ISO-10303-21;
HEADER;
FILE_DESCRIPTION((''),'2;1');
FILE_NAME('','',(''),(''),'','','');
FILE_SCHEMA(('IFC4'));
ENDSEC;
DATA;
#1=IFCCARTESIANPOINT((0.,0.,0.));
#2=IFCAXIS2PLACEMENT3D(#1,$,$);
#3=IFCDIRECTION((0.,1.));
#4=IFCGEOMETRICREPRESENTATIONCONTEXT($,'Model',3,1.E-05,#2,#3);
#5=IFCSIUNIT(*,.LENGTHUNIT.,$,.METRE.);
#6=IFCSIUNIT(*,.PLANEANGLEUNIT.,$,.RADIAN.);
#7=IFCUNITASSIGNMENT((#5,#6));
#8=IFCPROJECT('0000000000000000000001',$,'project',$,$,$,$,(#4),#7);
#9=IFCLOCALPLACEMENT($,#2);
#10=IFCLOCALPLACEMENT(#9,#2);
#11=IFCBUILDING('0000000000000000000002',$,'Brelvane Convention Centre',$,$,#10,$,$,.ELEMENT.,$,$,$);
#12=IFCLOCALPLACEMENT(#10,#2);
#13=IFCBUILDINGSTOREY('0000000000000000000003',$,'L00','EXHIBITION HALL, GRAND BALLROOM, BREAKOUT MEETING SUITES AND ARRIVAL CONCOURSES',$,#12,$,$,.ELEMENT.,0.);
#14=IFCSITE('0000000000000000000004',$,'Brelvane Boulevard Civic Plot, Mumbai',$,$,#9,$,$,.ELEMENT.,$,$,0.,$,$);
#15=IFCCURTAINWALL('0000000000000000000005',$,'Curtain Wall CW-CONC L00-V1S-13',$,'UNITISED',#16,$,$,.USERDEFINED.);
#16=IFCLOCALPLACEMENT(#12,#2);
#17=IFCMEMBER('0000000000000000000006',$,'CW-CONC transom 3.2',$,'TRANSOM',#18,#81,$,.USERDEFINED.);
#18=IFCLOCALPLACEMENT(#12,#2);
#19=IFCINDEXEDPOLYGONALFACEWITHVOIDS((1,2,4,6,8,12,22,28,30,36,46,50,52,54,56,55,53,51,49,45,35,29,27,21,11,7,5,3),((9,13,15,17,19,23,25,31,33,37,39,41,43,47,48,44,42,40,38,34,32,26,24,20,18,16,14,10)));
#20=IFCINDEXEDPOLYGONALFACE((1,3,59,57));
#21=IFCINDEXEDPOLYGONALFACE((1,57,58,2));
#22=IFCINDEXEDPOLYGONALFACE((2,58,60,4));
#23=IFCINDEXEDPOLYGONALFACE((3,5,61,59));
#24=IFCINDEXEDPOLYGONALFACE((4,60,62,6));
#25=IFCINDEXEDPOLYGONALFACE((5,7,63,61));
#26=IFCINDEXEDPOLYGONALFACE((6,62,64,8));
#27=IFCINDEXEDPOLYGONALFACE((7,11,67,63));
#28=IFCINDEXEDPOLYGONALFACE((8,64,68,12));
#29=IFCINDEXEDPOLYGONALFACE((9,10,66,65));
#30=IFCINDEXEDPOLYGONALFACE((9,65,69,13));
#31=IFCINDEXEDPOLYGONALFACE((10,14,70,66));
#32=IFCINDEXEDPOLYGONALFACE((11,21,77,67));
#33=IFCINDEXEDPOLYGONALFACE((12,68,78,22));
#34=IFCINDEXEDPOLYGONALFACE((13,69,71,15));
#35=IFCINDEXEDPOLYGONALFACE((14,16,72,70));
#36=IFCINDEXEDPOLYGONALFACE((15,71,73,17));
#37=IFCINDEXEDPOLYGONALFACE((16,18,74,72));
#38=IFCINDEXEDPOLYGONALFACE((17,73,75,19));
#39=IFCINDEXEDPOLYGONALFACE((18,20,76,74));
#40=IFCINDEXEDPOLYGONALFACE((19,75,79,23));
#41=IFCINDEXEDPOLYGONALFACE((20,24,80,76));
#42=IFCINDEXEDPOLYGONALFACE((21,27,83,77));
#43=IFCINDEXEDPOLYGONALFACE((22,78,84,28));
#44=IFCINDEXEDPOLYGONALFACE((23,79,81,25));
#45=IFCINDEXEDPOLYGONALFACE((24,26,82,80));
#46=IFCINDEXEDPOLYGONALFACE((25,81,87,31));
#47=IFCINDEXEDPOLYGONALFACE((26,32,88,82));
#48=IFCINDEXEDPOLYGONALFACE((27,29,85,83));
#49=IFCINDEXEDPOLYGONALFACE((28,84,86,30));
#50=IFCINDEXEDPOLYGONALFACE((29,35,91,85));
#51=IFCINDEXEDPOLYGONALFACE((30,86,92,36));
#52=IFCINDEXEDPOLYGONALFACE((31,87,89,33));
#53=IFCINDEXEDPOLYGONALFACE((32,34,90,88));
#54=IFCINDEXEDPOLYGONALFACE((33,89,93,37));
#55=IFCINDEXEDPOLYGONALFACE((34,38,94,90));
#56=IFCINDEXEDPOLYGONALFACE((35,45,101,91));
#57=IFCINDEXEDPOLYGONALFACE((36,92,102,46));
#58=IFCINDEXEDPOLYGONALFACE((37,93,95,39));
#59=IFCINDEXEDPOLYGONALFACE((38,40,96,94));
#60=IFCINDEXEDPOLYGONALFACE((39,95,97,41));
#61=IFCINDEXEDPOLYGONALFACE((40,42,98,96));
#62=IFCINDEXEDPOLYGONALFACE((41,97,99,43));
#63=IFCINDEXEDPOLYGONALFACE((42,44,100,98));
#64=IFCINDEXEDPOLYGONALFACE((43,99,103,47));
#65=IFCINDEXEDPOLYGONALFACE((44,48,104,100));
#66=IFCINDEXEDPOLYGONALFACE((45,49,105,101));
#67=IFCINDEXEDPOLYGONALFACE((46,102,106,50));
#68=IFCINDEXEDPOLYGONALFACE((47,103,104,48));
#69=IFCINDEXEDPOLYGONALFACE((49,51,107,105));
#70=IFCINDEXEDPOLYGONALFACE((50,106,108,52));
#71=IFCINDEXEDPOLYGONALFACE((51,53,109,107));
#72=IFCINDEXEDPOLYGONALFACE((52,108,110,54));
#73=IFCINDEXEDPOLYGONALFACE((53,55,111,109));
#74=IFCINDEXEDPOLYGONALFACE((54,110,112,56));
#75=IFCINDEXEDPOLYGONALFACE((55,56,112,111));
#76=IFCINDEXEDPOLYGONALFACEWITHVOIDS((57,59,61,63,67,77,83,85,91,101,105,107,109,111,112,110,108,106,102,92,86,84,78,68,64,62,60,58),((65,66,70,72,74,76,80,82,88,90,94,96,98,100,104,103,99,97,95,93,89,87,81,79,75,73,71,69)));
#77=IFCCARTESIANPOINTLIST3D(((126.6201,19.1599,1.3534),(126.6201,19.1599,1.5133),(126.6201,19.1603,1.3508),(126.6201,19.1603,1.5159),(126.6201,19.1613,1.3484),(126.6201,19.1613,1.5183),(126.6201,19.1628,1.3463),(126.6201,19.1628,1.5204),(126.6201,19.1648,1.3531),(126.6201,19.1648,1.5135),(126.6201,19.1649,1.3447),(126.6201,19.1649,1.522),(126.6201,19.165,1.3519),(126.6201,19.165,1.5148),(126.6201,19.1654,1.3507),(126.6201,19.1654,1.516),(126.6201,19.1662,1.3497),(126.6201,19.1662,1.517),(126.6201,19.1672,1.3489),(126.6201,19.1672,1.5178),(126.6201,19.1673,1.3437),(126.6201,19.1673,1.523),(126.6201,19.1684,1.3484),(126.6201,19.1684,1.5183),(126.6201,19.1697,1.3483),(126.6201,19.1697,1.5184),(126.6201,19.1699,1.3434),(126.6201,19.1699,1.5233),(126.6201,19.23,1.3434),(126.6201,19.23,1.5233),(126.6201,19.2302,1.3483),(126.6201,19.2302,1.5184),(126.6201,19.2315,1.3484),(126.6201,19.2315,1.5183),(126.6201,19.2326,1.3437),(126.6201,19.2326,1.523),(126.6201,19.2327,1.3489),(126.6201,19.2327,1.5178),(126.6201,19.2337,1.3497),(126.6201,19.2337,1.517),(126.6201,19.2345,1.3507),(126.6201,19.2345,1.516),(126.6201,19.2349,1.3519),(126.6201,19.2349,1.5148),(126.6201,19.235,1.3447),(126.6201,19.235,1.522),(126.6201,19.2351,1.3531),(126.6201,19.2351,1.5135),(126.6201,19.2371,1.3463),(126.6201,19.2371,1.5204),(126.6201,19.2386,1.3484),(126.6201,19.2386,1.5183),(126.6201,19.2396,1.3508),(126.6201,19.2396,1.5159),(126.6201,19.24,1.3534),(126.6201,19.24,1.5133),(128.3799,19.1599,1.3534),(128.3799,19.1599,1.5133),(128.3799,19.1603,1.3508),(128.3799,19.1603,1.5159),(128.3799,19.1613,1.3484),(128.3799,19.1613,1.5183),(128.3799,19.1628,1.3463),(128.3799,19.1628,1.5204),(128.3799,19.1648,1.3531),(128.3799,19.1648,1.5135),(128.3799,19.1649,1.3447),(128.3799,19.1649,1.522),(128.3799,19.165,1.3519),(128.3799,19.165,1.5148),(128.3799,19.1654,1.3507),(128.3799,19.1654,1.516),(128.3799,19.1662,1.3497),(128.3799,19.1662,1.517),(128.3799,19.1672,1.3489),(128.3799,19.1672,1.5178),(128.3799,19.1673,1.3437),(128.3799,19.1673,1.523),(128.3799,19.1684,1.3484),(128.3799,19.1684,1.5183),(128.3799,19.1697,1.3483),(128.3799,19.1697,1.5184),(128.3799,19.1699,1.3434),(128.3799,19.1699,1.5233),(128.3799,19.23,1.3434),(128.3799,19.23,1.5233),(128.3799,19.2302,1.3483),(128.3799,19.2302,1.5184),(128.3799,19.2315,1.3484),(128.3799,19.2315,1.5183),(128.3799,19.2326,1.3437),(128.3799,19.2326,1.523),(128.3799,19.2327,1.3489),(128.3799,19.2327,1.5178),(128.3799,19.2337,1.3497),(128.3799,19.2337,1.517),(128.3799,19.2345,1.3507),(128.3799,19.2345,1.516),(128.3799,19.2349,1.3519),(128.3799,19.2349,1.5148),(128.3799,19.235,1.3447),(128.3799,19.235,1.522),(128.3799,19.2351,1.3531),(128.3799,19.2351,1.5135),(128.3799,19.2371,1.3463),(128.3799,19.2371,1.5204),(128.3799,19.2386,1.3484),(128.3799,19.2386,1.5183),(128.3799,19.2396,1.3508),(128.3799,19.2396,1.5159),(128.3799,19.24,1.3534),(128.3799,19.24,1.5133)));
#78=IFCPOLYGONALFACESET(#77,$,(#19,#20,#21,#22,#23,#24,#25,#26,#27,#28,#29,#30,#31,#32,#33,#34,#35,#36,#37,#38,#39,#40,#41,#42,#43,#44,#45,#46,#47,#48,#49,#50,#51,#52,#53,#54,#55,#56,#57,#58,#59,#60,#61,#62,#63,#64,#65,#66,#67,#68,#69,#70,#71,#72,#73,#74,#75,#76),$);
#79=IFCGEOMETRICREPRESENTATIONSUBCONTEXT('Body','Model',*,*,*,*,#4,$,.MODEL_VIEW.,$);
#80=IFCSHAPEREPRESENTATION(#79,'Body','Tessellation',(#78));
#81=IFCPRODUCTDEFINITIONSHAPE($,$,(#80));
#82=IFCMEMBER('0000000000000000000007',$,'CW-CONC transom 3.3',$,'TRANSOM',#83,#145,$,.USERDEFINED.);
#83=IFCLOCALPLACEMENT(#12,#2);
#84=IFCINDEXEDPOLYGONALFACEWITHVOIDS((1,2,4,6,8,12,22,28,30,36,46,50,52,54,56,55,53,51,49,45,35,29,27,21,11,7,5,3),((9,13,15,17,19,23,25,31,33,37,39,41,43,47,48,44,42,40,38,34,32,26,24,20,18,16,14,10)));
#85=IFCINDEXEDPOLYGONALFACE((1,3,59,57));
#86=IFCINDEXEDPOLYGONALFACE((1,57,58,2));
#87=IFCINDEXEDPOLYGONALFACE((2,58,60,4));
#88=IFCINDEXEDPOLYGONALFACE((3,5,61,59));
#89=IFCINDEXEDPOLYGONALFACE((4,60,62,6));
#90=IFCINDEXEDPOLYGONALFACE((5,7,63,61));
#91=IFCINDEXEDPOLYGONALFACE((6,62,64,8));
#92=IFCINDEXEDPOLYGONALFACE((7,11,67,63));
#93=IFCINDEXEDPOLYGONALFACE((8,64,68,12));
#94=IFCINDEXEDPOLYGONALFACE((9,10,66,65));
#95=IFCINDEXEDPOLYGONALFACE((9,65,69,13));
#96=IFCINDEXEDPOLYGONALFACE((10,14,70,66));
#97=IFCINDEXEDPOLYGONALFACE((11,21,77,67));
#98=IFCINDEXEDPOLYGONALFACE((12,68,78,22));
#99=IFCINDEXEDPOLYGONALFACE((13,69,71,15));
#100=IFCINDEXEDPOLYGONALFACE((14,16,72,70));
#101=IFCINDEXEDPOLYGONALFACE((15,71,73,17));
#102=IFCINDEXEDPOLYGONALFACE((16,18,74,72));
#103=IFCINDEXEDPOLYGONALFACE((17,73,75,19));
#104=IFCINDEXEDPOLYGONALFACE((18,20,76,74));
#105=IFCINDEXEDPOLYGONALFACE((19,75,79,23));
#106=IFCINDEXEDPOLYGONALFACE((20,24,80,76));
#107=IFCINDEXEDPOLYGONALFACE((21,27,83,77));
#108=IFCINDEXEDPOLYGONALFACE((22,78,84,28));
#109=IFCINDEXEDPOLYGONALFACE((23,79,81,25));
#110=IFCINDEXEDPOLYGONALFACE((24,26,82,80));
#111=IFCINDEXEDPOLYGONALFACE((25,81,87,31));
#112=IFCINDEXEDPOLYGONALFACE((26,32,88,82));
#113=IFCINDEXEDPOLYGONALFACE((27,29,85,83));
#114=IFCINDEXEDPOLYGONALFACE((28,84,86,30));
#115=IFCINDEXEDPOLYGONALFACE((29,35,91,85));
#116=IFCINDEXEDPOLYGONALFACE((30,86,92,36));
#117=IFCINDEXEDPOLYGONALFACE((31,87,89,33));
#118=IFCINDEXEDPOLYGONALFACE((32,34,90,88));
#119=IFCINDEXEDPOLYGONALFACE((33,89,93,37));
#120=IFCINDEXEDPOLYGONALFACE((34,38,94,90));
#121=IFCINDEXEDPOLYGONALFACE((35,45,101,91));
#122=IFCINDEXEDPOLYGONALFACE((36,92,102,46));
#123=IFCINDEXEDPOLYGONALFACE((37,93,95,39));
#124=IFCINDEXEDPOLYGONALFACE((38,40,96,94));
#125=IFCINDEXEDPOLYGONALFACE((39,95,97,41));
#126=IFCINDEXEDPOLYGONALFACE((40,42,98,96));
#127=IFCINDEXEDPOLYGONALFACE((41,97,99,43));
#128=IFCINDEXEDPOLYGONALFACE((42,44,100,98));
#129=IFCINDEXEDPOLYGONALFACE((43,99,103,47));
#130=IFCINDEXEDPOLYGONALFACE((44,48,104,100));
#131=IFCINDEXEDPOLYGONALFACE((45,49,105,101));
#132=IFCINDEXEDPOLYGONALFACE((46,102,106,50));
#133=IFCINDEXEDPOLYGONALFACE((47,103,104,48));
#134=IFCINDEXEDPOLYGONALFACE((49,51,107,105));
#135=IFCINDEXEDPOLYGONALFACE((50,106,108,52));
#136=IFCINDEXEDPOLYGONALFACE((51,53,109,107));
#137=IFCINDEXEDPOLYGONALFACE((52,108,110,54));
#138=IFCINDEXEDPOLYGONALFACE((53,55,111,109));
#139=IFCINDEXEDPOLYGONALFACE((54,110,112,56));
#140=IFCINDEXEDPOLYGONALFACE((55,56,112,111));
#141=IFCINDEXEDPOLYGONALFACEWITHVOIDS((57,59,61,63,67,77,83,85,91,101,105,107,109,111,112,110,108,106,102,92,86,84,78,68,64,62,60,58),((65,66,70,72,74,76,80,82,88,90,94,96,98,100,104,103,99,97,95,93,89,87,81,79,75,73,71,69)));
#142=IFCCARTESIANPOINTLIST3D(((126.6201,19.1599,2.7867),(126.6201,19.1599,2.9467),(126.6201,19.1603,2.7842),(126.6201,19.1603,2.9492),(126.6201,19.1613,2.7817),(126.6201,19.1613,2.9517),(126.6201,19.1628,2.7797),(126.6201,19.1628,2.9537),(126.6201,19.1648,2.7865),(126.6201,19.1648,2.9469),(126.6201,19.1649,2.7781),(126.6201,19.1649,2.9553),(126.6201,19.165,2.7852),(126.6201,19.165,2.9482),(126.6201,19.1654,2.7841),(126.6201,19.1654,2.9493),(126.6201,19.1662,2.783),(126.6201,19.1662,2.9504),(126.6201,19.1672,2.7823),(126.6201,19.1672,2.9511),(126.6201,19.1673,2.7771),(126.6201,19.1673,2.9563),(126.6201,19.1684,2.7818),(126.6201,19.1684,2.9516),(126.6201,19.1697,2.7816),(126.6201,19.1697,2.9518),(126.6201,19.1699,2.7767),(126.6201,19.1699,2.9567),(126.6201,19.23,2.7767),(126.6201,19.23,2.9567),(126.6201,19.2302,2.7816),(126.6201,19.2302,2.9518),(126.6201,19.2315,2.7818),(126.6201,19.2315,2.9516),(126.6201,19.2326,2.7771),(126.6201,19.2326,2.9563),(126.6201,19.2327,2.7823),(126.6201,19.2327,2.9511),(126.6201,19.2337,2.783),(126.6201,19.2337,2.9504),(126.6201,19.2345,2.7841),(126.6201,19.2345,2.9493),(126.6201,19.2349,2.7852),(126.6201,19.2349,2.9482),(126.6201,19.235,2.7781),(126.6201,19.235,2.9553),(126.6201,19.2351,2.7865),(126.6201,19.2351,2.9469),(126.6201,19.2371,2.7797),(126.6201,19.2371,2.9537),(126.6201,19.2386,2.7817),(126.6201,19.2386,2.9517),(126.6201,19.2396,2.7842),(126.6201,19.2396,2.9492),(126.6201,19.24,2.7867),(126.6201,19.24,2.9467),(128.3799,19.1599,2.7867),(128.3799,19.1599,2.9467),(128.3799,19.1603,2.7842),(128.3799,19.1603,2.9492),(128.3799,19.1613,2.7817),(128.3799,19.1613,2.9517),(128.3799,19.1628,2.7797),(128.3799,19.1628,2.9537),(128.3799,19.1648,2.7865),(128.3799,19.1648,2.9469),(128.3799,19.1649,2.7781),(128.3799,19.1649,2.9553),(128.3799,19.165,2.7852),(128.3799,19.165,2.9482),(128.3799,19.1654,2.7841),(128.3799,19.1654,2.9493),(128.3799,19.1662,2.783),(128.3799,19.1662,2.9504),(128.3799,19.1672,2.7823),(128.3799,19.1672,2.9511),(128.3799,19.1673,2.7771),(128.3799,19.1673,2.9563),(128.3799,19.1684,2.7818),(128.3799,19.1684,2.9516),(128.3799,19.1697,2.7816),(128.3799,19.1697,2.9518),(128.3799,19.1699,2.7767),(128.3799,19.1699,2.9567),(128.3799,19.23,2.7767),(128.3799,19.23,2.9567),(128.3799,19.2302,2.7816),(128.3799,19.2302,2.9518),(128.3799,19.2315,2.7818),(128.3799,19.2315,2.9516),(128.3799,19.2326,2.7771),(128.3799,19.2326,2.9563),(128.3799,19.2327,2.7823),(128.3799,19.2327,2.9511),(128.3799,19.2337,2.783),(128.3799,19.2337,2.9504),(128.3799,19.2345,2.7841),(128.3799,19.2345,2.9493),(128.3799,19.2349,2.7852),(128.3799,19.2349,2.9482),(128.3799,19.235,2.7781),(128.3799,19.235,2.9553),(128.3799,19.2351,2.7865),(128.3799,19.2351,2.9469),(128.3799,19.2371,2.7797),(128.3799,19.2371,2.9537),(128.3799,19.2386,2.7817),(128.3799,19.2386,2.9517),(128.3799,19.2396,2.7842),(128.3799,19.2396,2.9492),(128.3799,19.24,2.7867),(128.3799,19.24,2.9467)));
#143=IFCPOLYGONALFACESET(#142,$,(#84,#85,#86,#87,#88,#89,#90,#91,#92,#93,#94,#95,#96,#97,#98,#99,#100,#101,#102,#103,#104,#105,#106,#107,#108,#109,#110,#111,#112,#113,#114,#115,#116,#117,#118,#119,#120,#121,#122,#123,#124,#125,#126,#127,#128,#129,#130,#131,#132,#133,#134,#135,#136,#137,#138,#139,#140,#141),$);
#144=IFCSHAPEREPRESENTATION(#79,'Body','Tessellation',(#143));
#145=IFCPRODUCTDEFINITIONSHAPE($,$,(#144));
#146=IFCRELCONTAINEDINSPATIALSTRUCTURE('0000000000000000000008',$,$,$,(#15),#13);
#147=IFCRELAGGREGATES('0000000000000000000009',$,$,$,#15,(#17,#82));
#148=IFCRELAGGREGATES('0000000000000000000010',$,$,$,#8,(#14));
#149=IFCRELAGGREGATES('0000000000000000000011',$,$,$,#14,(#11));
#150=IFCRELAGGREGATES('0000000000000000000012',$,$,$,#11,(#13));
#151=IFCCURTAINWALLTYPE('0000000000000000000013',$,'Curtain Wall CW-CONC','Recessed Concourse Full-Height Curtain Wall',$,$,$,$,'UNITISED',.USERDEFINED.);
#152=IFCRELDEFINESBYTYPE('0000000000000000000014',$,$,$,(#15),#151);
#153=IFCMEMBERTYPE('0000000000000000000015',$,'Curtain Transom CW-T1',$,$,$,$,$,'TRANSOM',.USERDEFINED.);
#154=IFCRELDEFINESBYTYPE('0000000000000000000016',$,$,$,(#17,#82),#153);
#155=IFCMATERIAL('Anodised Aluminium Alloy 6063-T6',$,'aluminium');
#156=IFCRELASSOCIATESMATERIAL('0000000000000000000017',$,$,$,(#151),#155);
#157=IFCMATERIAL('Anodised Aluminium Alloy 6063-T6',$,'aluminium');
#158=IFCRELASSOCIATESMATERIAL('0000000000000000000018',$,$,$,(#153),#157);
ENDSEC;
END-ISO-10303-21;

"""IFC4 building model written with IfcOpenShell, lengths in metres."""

from ifc_helpers import new_model, si_unit, direction, frame, origin, origin_2d, place, context, subcontext, project, spatial, hollow_rectangle, extrude, material, material_profile, profile_set, type_object, element, aggregate, save


model = new_model("IFC4")

# Units and contexts
model_context = context("Model", 3, precision=1e-05, world=origin(), true_north=direction((0.0, 1.0)))
body_context = subcontext(model_context, "Body", "Model", "MODEL_VIEW")
ifc_project = project(units=[si_unit("LENGTHUNIT", "METRE"), si_unit("PLANEANGLEUNIT", "RADIAN")], contexts=[model_context])

# Site, building, storey
site_placement = place(None, origin())
site = spatial("IfcSite", under=ifc_project, at=site_placement, Name="Brelvane Boulevard Civic Plot, Mumbai", CompositionType="ELEMENT", RefElevation=0.0)
building_placement = place(site_placement, origin())
building = spatial("IfcBuilding", under=site, at=building_placement, Name="Brelvane Convention Centre", CompositionType="ELEMENT")
storey_placement = place(building_placement, origin())
storey = spatial("IfcBuildingStorey", under=building, at=storey_placement, Name="L00", Description="EXHIBITION HALL, GRAND BALLROOM, BREAKOUT MEETING SUITES AND ARRIVAL CONCOURSES", CompositionType="ELEMENT", Elevation=0.0)

# Curtain wall, members
ifc_material_1 = material(Name="Anodised Aluminium Alloy 6063-T6", Category="aluminium")
curtain_wall_type = type_object("IfcCurtainWallType", Name="Curtain Wall CW-CONC", Description="Recessed Concourse Full-Height Curtain Wall", ElementType="UNITISED", PredefinedType="USERDEFINED", material=ifc_material_1)
curtain_wall_placement = place(storey_placement, origin())
curtain_wall = element("IfcCurtainWall", 1, at=curtain_wall_placement, inside=storey, type_object=curtain_wall_type, Name="Curtain Wall CW-CONC L00-V1S-13", ObjectType="UNITISED", PredefinedType="USERDEFINED")
ifc_material_2 = material(Name="Anodised Aluminium Alloy 6063-T6", Category="aluminium")
ifc_material_profile_1 = material_profile(ifc_material_2, hollow_rectangle(XDim=0.0801, YDim=0.1799, WallThickness=0.0049, InnerFilletRadius=0.0049, OuterFilletRadius=0.01, at=origin_2d()), Name="ALU-T 180x80x5.0")
ifc_profile_set_1 = profile_set([ifc_material_profile_1], Name="Anodised Aluminium Alloy 6063-T6")
member_type_1 = type_object("IfcMemberType", Name="Curtain Transom CW-T1", ElementType="TRANSOM", PredefinedType="USERDEFINED", material=ifc_profile_set_1)
member_1_placement = place(storey_placement, frame((126.6201, 19.2, 1.4333), z_axis=(1.0, 0.0, 0.0), x_axis=(0.0, 1.0, 0.0)))
member_1 = element("IfcMember", 2, at=member_1_placement, type_object=member_type_1, Name="CW-CONC transom 3.2", ObjectType="TRANSOM", PredefinedType="USERDEFINED", context=body_context, shape_type="SweptSolid", body=[
    extrude(hollow_rectangle(XDim=0.0801, YDim=0.1799, WallThickness=0.0049, InnerFilletRadius=0.0049, OuterFilletRadius=0.01, at=origin_2d()), origin(), (0.0, 0.0, 1.0), 1.7598),
])
member_2_placement = place(storey_placement, frame((126.6201, 19.2, 2.8667), z_axis=(1.0, 0.0, 0.0), x_axis=(0.0, 1.0, 0.0)))
member_2 = element("IfcMember", 3, at=member_2_placement, type_object=member_type_1, Name="CW-CONC transom 3.3", ObjectType="TRANSOM", PredefinedType="USERDEFINED", context=body_context, shape_type="SweptSolid", body=[
    extrude(hollow_rectangle(XDim=0.0801, YDim=0.1799, WallThickness=0.0049, InnerFilletRadius=0.0049, OuterFilletRadius=0.01, at=origin_2d()), origin(), (0.0, 0.0, 1.0), 1.7598),
])

aggregate(curtain_wall, [member_1, member_2])

save(model, "model.ifc")
